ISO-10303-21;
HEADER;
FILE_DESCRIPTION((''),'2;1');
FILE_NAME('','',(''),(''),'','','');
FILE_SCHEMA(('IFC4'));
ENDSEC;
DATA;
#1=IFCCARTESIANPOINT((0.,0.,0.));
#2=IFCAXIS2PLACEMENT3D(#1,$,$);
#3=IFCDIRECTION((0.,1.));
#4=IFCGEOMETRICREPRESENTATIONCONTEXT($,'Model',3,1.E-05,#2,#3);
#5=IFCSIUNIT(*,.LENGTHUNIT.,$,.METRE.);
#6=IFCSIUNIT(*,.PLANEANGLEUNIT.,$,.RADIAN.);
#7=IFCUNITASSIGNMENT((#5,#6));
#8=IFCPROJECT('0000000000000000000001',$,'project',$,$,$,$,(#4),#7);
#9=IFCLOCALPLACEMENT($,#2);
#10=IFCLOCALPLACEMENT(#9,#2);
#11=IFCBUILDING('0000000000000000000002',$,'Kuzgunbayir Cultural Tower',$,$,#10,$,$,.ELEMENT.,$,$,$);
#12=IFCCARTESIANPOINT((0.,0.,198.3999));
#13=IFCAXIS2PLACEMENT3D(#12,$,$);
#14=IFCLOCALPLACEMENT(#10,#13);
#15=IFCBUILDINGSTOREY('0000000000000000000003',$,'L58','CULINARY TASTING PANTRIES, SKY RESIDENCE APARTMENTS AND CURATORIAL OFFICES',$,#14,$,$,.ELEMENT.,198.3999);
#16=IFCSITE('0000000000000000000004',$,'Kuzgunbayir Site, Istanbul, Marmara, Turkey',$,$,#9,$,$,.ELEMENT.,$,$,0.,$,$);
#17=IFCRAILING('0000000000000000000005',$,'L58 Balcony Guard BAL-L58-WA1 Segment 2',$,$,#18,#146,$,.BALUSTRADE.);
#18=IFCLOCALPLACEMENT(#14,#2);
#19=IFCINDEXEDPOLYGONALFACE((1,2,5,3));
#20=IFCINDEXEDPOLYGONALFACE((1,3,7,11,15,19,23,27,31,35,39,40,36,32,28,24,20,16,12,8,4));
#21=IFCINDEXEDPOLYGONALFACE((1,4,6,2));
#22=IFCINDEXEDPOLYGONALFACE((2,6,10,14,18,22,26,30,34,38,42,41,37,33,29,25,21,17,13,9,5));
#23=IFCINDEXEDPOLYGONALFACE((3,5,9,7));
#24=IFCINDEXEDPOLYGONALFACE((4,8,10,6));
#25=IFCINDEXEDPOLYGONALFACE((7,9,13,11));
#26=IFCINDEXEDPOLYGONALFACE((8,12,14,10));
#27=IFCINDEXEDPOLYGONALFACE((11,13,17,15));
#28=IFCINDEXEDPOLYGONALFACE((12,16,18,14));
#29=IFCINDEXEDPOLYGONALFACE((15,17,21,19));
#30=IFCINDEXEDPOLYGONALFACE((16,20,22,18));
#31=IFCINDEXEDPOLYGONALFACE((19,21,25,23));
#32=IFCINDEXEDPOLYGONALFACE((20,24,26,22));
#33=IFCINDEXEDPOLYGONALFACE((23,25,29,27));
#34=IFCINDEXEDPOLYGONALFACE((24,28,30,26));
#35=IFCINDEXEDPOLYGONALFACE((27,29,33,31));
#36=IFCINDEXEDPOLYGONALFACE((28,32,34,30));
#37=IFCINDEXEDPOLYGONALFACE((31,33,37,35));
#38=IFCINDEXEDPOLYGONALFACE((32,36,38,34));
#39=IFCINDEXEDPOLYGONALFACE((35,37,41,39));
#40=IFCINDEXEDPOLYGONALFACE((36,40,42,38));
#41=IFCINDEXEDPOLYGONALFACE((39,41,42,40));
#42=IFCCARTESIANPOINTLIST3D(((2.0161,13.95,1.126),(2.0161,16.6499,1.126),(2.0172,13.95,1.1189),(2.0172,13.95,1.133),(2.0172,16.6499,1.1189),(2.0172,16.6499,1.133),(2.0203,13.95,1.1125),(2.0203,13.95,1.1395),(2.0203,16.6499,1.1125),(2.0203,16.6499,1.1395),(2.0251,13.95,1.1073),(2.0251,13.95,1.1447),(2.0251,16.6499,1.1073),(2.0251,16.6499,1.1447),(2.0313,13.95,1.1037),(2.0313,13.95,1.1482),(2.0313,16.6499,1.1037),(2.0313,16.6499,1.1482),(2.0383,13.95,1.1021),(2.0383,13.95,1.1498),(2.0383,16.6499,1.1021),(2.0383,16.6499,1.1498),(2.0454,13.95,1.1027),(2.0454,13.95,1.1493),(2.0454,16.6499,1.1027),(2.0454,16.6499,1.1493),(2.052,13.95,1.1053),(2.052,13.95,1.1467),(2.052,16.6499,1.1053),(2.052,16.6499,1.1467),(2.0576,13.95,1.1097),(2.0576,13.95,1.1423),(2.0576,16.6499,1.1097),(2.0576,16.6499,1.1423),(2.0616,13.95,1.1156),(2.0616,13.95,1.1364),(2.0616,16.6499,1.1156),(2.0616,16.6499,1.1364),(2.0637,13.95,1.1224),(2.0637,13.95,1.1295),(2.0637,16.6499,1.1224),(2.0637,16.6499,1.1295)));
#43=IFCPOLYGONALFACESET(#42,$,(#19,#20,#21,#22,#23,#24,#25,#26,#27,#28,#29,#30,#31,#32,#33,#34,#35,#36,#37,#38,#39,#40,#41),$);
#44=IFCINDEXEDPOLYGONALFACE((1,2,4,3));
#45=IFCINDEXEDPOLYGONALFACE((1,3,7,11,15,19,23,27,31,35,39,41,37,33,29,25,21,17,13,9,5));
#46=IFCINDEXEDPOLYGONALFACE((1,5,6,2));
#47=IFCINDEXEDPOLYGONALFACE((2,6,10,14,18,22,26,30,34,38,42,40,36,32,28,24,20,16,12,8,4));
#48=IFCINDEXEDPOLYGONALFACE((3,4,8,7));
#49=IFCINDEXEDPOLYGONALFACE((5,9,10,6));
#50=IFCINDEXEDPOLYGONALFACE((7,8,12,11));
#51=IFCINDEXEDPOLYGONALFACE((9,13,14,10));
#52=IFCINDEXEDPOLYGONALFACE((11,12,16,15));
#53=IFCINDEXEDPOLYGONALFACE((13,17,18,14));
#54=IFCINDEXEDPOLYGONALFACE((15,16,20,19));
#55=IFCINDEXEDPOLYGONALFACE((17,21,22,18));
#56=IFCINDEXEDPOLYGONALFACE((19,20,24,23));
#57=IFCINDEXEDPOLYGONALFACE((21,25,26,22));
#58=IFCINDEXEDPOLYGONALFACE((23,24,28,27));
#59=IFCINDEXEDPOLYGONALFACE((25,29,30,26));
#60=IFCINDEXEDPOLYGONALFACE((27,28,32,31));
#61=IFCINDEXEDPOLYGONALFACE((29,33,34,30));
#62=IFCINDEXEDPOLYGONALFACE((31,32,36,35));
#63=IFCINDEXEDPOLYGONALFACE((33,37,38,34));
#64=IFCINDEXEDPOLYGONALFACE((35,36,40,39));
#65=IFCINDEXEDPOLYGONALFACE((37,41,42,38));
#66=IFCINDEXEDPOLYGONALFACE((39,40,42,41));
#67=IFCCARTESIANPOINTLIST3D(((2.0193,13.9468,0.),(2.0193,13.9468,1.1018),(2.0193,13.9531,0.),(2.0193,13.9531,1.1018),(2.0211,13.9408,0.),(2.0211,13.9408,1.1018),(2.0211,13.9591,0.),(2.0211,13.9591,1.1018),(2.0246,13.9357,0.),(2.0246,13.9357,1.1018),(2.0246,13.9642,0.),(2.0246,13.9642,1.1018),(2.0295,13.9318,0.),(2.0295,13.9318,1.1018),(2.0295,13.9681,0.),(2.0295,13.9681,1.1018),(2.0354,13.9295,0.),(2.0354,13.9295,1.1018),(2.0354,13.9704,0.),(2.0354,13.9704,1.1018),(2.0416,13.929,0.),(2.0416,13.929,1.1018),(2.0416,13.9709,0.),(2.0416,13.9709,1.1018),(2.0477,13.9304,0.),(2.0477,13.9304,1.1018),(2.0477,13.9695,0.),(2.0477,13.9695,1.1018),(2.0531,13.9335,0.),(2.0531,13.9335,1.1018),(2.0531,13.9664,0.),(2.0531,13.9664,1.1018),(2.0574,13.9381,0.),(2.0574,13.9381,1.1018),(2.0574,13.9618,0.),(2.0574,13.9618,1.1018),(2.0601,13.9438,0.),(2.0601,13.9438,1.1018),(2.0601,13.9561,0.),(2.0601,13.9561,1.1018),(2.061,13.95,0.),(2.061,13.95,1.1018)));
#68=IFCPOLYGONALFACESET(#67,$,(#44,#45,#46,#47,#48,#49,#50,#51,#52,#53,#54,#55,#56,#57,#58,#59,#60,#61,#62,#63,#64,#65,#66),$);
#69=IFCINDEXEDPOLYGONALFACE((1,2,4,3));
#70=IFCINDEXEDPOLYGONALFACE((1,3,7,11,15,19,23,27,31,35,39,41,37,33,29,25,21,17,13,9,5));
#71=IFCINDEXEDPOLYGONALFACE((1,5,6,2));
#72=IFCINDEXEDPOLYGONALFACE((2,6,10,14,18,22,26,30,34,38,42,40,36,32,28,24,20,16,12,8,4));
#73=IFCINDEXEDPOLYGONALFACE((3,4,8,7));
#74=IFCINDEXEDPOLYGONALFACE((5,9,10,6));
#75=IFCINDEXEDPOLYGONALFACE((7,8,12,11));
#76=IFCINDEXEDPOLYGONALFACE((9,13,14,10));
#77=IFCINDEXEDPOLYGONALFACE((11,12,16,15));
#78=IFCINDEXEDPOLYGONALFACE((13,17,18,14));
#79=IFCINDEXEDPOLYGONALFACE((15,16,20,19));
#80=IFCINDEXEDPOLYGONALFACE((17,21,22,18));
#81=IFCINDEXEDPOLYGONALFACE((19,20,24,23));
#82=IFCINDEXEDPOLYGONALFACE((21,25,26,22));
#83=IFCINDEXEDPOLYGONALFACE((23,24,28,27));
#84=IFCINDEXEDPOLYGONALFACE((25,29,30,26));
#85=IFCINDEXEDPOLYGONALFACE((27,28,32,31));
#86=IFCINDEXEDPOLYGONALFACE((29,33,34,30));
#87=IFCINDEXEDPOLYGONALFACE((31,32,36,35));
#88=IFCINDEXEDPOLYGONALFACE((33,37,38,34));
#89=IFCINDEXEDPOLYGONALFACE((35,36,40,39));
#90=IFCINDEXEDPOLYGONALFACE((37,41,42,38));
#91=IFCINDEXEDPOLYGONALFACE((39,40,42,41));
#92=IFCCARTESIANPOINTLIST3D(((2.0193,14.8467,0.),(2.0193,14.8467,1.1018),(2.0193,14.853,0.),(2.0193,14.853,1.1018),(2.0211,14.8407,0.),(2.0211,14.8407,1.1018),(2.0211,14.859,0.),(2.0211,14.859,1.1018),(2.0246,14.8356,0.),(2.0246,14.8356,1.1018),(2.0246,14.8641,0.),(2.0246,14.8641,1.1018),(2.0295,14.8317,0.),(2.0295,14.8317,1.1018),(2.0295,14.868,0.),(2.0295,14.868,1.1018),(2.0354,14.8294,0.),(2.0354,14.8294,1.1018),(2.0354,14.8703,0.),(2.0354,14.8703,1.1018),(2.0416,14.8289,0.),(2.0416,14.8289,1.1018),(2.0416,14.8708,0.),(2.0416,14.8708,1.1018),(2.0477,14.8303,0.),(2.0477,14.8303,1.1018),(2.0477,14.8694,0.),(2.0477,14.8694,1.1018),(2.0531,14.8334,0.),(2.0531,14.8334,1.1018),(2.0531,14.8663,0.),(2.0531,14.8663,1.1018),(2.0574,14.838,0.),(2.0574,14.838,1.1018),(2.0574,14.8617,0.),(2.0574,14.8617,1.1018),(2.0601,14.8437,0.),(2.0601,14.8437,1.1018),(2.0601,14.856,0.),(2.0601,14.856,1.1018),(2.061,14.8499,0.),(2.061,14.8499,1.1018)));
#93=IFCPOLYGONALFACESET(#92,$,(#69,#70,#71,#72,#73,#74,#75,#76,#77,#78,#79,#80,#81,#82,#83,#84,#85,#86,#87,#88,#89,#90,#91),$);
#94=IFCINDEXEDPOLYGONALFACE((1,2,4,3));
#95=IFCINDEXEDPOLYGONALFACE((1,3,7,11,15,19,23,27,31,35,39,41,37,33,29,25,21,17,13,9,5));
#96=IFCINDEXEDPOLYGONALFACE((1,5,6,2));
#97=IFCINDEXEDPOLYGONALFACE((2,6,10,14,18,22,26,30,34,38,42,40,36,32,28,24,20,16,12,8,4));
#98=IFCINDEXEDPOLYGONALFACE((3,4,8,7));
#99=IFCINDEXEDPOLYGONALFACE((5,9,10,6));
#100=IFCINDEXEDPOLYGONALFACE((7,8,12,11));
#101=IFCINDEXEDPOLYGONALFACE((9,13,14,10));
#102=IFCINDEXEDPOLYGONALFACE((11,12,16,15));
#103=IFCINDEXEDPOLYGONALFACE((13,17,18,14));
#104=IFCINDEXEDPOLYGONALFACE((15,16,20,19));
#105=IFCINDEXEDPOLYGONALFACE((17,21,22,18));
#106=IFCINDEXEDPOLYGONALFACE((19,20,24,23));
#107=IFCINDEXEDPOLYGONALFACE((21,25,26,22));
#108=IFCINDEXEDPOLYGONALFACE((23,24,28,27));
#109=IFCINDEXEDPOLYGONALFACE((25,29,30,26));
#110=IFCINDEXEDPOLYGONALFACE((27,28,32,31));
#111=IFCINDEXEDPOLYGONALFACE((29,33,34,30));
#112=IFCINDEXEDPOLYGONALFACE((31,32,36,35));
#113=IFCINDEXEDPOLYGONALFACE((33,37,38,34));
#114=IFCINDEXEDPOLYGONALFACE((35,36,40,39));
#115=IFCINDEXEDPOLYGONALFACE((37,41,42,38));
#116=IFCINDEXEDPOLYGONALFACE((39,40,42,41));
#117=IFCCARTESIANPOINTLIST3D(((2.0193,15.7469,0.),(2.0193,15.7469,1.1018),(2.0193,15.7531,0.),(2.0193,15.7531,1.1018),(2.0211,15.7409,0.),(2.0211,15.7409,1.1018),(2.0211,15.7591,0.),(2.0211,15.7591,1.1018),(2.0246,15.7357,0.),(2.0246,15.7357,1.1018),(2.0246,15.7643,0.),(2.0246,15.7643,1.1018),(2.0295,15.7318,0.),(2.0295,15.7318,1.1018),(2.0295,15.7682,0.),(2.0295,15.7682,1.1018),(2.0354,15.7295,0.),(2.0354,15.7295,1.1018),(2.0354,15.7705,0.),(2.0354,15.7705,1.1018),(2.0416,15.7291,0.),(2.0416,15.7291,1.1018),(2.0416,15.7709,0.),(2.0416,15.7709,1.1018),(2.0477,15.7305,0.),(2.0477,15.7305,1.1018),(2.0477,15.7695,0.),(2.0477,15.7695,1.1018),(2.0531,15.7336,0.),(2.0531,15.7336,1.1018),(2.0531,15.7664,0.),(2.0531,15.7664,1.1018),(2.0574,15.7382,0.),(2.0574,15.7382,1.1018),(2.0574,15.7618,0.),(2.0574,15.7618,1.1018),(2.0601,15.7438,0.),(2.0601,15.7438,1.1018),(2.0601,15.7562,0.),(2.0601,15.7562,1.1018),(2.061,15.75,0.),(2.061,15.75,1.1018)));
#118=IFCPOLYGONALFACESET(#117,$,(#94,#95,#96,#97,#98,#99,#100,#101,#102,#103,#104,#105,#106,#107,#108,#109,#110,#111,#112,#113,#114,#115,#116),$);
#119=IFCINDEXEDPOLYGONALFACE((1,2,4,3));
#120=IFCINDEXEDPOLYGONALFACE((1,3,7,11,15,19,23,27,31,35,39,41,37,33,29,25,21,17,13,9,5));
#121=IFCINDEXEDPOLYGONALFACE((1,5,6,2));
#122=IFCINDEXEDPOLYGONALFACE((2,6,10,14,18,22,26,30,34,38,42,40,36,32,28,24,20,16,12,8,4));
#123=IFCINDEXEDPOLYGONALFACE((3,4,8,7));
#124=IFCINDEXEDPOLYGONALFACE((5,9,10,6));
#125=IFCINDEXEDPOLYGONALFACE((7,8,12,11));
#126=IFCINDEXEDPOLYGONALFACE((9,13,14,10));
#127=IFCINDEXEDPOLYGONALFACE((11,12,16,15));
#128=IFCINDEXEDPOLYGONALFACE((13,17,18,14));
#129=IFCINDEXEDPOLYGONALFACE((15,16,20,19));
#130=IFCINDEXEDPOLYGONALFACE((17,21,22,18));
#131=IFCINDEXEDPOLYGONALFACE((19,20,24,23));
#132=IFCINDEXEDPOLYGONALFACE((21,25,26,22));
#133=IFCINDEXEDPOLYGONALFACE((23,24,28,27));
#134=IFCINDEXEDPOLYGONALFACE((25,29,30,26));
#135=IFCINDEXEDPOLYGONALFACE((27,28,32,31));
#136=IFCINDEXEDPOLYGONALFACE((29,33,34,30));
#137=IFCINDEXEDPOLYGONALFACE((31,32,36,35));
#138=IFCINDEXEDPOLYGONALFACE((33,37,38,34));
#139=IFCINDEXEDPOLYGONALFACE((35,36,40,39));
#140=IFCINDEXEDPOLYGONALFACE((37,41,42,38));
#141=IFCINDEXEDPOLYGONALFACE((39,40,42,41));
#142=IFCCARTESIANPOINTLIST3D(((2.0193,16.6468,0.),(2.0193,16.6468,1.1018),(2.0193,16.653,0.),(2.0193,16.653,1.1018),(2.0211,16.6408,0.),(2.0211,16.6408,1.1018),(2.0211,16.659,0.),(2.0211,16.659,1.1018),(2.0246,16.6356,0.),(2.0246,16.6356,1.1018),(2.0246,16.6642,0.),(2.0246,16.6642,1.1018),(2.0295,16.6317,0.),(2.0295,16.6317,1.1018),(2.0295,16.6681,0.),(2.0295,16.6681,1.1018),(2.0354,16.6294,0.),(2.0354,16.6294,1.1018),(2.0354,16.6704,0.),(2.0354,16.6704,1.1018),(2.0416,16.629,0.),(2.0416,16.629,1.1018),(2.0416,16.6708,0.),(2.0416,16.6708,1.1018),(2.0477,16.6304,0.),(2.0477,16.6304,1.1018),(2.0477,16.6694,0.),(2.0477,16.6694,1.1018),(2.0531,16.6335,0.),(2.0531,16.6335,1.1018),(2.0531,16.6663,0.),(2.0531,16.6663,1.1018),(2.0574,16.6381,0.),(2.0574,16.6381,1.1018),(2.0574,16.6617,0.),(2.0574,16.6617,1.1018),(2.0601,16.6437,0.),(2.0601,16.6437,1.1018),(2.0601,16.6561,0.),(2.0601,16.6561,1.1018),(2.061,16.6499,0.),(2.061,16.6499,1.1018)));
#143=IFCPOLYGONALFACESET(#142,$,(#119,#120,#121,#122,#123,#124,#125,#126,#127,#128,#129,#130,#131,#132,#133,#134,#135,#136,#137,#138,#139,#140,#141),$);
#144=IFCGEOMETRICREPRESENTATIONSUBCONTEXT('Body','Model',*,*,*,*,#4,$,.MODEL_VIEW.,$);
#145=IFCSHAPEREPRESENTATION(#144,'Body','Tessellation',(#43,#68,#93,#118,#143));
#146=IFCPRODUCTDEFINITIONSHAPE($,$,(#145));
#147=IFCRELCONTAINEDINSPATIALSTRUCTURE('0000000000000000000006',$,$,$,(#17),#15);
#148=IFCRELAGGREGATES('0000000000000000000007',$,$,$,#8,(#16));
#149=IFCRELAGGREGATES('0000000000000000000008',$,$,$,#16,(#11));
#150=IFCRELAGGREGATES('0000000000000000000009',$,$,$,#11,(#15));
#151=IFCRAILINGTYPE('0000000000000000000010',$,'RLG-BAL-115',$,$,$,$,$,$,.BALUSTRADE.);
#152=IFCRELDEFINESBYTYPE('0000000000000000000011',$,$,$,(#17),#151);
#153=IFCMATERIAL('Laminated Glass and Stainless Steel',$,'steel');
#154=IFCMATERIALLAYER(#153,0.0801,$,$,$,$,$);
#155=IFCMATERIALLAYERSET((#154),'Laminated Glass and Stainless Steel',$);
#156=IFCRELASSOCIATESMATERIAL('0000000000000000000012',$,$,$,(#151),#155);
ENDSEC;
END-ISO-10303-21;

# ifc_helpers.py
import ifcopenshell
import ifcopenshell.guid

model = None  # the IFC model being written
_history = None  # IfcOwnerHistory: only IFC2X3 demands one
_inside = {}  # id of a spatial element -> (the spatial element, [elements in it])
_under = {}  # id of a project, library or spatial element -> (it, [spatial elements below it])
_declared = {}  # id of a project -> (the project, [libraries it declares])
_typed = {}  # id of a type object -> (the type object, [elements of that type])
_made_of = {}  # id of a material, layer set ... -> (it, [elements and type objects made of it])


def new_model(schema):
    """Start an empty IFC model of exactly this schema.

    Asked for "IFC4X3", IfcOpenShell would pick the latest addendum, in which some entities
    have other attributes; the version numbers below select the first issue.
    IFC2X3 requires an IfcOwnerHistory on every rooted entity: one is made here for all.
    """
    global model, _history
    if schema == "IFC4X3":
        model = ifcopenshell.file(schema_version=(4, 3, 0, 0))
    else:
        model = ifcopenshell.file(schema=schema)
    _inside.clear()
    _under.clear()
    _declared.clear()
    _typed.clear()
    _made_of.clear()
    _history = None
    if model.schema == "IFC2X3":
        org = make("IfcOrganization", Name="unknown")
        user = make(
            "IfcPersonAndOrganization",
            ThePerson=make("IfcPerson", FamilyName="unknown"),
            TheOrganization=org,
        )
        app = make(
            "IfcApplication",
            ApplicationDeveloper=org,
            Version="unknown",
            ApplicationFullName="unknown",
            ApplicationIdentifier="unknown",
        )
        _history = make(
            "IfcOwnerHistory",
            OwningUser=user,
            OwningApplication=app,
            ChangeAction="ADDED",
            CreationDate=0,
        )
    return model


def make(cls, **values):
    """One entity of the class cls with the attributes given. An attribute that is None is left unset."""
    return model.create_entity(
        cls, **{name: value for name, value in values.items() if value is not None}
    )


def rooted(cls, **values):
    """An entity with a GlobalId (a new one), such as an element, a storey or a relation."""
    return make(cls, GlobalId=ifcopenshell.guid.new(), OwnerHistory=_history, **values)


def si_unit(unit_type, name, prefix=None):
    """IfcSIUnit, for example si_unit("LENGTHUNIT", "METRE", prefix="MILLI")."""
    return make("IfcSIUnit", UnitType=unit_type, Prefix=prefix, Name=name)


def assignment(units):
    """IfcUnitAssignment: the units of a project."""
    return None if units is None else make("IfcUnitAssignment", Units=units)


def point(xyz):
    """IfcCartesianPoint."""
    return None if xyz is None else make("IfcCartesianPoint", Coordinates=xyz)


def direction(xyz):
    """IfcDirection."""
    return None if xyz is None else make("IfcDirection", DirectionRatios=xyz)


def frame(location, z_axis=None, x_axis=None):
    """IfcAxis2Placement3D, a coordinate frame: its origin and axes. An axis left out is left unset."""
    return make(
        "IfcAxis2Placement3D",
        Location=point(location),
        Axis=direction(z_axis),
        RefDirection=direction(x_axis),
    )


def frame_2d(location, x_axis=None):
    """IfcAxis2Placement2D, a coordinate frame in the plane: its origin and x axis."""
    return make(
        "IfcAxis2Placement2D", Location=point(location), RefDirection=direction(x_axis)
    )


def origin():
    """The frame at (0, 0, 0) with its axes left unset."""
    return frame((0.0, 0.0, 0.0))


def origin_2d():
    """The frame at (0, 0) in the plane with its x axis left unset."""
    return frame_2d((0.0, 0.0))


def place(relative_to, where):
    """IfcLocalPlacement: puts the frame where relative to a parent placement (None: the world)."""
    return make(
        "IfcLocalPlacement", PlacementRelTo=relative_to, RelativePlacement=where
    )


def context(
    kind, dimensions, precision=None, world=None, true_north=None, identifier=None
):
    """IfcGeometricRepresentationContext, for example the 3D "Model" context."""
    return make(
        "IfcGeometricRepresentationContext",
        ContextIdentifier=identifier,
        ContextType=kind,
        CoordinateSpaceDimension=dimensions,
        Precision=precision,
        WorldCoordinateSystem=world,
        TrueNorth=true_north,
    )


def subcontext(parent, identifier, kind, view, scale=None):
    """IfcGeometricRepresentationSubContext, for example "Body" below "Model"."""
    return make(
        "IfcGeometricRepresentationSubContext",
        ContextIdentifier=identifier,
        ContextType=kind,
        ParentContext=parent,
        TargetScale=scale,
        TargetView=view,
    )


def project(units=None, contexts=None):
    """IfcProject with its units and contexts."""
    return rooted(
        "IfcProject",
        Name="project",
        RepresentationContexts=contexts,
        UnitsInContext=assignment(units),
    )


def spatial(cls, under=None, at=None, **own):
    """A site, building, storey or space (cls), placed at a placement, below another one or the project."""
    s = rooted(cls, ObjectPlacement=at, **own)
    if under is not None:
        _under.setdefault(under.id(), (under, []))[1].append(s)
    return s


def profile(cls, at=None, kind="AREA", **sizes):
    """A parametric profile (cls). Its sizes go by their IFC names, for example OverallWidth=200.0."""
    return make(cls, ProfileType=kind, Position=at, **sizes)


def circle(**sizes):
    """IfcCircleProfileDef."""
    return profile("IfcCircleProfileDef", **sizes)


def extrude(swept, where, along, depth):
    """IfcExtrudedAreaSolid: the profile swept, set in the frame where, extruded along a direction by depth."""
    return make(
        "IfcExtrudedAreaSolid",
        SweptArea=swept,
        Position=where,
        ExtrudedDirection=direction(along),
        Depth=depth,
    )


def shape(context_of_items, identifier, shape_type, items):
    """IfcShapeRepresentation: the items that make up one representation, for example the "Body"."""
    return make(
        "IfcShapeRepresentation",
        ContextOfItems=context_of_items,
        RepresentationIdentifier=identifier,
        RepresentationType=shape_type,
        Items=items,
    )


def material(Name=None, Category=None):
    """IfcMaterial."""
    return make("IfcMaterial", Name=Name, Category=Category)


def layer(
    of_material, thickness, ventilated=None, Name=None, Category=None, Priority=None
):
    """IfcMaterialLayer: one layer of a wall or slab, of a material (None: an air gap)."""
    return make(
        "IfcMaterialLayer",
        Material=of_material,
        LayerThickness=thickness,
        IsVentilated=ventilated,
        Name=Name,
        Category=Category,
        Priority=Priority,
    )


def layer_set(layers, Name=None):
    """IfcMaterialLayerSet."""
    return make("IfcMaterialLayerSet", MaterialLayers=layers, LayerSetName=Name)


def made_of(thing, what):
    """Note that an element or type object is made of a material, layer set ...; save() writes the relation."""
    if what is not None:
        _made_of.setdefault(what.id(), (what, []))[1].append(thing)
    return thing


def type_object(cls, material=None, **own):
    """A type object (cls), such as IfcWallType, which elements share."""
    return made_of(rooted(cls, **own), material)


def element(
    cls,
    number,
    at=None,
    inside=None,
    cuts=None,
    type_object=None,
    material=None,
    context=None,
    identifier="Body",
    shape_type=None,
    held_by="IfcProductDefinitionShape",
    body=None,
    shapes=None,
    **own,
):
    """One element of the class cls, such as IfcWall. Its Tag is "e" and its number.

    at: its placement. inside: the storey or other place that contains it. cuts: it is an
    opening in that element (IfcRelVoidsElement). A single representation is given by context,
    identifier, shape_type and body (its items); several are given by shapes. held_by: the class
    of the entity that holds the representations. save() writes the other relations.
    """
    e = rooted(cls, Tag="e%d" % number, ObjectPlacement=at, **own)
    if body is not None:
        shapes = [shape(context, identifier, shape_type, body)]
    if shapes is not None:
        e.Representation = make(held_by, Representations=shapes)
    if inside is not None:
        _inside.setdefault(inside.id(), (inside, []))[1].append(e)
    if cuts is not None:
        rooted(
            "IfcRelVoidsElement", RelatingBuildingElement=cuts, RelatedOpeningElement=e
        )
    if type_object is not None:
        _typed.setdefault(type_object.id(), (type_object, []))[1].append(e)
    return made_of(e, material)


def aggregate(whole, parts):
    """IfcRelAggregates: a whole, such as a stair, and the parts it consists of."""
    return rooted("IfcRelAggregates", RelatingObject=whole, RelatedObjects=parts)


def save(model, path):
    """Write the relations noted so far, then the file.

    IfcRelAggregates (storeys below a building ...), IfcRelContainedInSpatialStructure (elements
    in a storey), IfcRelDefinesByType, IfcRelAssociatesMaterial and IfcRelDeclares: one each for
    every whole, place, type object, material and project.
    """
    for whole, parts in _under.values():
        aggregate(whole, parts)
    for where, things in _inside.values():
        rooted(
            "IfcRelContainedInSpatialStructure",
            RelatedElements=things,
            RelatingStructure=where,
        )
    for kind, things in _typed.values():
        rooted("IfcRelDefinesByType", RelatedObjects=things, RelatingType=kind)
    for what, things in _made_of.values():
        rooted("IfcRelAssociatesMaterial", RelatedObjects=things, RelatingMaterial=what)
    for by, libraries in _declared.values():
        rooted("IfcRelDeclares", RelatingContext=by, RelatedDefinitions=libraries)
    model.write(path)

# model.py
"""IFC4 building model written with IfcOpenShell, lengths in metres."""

from ifc_helpers import new_model, si_unit, direction, frame, origin, origin_2d, place, context, subcontext, project, spatial, circle, extrude, material, layer, layer_set, type_object, element, save


model = new_model("IFC4")

# Units and contexts
model_context = context("Model", 3, precision=1e-05, world=origin(), true_north=direction((0.0, 1.0)))
body_context = subcontext(model_context, "Body", "Model", "MODEL_VIEW")
ifc_project = project(units=[si_unit("LENGTHUNIT", "METRE"), si_unit("PLANEANGLEUNIT", "RADIAN")], contexts=[model_context])

# Site, building, storey
site_placement = place(None, origin())
site = spatial("IfcSite", under=ifc_project, at=site_placement, Name="Kuzgunbayir Site, Istanbul, Marmara, Turkey", CompositionType="ELEMENT", RefElevation=0.0)
building_placement = place(site_placement, origin())
building = spatial("IfcBuilding", under=site, at=building_placement, Name="Kuzgunbayir Cultural Tower", CompositionType="ELEMENT")
storey_placement = place(building_placement, frame((0.0, 0.0, 198.3999)))
storey = spatial("IfcBuildingStorey", under=building, at=storey_placement, Name="L58", Description="CULINARY TASTING PANTRIES, SKY RESIDENCE APARTMENTS AND CURATORIAL OFFICES", CompositionType="ELEMENT", Elevation=198.3999)

# Railing
ifc_material_1 = material(Name="Laminated Glass and Stainless Steel", Category="steel")
ifc_layer_1 = layer(ifc_material_1, 0.0801)
ifc_layer_set_1 = layer_set([ifc_layer_1], Name="Laminated Glass and Stainless Steel")
railing_type = type_object("IfcRailingType", Name="RLG-BAL-115", PredefinedType="BALUSTRADE", material=ifc_layer_set_1)
railing_1_placement = place(storey_placement, frame((2.04, 13.95, 0.0)))
element("IfcRailing", 1, at=railing_1_placement, inside=storey, type_object=railing_type, Name="L58 Balcony Guard BAL-L58-WA1 Segment 2", PredefinedType="BALUSTRADE", context=body_context, shape_type="SweptSolid", body=[
    extrude(circle(Radius=0.0239, at=origin_2d()), frame((0.0, 0.0, 1.126), z_axis=(0.0, 1.0, 0.0), x_axis=(-1.0, 0.0, 0.0)), (0.0, 0.0, 1.0), 2.7),
    extrude(circle(Radius=0.021, at=origin_2d()), origin(), (0.0, 0.0, 1.0), 1.1018),
    extrude(circle(Radius=0.021, at=origin_2d()), frame((0.0, 0.8999, 0.0)), (0.0, 0.0, 1.0), 1.1018),
    extrude(circle(Radius=0.021, at=origin_2d()), frame((0.0, 1.8, 0.0)), (0.0, 0.0, 1.0), 1.1018),
    extrude(circle(Radius=0.021, at=origin_2d()), frame((0.0, 2.7, 0.0)), (0.0, 0.0, 1.0), 1.1018),
])

save(model, "model.ifc")
